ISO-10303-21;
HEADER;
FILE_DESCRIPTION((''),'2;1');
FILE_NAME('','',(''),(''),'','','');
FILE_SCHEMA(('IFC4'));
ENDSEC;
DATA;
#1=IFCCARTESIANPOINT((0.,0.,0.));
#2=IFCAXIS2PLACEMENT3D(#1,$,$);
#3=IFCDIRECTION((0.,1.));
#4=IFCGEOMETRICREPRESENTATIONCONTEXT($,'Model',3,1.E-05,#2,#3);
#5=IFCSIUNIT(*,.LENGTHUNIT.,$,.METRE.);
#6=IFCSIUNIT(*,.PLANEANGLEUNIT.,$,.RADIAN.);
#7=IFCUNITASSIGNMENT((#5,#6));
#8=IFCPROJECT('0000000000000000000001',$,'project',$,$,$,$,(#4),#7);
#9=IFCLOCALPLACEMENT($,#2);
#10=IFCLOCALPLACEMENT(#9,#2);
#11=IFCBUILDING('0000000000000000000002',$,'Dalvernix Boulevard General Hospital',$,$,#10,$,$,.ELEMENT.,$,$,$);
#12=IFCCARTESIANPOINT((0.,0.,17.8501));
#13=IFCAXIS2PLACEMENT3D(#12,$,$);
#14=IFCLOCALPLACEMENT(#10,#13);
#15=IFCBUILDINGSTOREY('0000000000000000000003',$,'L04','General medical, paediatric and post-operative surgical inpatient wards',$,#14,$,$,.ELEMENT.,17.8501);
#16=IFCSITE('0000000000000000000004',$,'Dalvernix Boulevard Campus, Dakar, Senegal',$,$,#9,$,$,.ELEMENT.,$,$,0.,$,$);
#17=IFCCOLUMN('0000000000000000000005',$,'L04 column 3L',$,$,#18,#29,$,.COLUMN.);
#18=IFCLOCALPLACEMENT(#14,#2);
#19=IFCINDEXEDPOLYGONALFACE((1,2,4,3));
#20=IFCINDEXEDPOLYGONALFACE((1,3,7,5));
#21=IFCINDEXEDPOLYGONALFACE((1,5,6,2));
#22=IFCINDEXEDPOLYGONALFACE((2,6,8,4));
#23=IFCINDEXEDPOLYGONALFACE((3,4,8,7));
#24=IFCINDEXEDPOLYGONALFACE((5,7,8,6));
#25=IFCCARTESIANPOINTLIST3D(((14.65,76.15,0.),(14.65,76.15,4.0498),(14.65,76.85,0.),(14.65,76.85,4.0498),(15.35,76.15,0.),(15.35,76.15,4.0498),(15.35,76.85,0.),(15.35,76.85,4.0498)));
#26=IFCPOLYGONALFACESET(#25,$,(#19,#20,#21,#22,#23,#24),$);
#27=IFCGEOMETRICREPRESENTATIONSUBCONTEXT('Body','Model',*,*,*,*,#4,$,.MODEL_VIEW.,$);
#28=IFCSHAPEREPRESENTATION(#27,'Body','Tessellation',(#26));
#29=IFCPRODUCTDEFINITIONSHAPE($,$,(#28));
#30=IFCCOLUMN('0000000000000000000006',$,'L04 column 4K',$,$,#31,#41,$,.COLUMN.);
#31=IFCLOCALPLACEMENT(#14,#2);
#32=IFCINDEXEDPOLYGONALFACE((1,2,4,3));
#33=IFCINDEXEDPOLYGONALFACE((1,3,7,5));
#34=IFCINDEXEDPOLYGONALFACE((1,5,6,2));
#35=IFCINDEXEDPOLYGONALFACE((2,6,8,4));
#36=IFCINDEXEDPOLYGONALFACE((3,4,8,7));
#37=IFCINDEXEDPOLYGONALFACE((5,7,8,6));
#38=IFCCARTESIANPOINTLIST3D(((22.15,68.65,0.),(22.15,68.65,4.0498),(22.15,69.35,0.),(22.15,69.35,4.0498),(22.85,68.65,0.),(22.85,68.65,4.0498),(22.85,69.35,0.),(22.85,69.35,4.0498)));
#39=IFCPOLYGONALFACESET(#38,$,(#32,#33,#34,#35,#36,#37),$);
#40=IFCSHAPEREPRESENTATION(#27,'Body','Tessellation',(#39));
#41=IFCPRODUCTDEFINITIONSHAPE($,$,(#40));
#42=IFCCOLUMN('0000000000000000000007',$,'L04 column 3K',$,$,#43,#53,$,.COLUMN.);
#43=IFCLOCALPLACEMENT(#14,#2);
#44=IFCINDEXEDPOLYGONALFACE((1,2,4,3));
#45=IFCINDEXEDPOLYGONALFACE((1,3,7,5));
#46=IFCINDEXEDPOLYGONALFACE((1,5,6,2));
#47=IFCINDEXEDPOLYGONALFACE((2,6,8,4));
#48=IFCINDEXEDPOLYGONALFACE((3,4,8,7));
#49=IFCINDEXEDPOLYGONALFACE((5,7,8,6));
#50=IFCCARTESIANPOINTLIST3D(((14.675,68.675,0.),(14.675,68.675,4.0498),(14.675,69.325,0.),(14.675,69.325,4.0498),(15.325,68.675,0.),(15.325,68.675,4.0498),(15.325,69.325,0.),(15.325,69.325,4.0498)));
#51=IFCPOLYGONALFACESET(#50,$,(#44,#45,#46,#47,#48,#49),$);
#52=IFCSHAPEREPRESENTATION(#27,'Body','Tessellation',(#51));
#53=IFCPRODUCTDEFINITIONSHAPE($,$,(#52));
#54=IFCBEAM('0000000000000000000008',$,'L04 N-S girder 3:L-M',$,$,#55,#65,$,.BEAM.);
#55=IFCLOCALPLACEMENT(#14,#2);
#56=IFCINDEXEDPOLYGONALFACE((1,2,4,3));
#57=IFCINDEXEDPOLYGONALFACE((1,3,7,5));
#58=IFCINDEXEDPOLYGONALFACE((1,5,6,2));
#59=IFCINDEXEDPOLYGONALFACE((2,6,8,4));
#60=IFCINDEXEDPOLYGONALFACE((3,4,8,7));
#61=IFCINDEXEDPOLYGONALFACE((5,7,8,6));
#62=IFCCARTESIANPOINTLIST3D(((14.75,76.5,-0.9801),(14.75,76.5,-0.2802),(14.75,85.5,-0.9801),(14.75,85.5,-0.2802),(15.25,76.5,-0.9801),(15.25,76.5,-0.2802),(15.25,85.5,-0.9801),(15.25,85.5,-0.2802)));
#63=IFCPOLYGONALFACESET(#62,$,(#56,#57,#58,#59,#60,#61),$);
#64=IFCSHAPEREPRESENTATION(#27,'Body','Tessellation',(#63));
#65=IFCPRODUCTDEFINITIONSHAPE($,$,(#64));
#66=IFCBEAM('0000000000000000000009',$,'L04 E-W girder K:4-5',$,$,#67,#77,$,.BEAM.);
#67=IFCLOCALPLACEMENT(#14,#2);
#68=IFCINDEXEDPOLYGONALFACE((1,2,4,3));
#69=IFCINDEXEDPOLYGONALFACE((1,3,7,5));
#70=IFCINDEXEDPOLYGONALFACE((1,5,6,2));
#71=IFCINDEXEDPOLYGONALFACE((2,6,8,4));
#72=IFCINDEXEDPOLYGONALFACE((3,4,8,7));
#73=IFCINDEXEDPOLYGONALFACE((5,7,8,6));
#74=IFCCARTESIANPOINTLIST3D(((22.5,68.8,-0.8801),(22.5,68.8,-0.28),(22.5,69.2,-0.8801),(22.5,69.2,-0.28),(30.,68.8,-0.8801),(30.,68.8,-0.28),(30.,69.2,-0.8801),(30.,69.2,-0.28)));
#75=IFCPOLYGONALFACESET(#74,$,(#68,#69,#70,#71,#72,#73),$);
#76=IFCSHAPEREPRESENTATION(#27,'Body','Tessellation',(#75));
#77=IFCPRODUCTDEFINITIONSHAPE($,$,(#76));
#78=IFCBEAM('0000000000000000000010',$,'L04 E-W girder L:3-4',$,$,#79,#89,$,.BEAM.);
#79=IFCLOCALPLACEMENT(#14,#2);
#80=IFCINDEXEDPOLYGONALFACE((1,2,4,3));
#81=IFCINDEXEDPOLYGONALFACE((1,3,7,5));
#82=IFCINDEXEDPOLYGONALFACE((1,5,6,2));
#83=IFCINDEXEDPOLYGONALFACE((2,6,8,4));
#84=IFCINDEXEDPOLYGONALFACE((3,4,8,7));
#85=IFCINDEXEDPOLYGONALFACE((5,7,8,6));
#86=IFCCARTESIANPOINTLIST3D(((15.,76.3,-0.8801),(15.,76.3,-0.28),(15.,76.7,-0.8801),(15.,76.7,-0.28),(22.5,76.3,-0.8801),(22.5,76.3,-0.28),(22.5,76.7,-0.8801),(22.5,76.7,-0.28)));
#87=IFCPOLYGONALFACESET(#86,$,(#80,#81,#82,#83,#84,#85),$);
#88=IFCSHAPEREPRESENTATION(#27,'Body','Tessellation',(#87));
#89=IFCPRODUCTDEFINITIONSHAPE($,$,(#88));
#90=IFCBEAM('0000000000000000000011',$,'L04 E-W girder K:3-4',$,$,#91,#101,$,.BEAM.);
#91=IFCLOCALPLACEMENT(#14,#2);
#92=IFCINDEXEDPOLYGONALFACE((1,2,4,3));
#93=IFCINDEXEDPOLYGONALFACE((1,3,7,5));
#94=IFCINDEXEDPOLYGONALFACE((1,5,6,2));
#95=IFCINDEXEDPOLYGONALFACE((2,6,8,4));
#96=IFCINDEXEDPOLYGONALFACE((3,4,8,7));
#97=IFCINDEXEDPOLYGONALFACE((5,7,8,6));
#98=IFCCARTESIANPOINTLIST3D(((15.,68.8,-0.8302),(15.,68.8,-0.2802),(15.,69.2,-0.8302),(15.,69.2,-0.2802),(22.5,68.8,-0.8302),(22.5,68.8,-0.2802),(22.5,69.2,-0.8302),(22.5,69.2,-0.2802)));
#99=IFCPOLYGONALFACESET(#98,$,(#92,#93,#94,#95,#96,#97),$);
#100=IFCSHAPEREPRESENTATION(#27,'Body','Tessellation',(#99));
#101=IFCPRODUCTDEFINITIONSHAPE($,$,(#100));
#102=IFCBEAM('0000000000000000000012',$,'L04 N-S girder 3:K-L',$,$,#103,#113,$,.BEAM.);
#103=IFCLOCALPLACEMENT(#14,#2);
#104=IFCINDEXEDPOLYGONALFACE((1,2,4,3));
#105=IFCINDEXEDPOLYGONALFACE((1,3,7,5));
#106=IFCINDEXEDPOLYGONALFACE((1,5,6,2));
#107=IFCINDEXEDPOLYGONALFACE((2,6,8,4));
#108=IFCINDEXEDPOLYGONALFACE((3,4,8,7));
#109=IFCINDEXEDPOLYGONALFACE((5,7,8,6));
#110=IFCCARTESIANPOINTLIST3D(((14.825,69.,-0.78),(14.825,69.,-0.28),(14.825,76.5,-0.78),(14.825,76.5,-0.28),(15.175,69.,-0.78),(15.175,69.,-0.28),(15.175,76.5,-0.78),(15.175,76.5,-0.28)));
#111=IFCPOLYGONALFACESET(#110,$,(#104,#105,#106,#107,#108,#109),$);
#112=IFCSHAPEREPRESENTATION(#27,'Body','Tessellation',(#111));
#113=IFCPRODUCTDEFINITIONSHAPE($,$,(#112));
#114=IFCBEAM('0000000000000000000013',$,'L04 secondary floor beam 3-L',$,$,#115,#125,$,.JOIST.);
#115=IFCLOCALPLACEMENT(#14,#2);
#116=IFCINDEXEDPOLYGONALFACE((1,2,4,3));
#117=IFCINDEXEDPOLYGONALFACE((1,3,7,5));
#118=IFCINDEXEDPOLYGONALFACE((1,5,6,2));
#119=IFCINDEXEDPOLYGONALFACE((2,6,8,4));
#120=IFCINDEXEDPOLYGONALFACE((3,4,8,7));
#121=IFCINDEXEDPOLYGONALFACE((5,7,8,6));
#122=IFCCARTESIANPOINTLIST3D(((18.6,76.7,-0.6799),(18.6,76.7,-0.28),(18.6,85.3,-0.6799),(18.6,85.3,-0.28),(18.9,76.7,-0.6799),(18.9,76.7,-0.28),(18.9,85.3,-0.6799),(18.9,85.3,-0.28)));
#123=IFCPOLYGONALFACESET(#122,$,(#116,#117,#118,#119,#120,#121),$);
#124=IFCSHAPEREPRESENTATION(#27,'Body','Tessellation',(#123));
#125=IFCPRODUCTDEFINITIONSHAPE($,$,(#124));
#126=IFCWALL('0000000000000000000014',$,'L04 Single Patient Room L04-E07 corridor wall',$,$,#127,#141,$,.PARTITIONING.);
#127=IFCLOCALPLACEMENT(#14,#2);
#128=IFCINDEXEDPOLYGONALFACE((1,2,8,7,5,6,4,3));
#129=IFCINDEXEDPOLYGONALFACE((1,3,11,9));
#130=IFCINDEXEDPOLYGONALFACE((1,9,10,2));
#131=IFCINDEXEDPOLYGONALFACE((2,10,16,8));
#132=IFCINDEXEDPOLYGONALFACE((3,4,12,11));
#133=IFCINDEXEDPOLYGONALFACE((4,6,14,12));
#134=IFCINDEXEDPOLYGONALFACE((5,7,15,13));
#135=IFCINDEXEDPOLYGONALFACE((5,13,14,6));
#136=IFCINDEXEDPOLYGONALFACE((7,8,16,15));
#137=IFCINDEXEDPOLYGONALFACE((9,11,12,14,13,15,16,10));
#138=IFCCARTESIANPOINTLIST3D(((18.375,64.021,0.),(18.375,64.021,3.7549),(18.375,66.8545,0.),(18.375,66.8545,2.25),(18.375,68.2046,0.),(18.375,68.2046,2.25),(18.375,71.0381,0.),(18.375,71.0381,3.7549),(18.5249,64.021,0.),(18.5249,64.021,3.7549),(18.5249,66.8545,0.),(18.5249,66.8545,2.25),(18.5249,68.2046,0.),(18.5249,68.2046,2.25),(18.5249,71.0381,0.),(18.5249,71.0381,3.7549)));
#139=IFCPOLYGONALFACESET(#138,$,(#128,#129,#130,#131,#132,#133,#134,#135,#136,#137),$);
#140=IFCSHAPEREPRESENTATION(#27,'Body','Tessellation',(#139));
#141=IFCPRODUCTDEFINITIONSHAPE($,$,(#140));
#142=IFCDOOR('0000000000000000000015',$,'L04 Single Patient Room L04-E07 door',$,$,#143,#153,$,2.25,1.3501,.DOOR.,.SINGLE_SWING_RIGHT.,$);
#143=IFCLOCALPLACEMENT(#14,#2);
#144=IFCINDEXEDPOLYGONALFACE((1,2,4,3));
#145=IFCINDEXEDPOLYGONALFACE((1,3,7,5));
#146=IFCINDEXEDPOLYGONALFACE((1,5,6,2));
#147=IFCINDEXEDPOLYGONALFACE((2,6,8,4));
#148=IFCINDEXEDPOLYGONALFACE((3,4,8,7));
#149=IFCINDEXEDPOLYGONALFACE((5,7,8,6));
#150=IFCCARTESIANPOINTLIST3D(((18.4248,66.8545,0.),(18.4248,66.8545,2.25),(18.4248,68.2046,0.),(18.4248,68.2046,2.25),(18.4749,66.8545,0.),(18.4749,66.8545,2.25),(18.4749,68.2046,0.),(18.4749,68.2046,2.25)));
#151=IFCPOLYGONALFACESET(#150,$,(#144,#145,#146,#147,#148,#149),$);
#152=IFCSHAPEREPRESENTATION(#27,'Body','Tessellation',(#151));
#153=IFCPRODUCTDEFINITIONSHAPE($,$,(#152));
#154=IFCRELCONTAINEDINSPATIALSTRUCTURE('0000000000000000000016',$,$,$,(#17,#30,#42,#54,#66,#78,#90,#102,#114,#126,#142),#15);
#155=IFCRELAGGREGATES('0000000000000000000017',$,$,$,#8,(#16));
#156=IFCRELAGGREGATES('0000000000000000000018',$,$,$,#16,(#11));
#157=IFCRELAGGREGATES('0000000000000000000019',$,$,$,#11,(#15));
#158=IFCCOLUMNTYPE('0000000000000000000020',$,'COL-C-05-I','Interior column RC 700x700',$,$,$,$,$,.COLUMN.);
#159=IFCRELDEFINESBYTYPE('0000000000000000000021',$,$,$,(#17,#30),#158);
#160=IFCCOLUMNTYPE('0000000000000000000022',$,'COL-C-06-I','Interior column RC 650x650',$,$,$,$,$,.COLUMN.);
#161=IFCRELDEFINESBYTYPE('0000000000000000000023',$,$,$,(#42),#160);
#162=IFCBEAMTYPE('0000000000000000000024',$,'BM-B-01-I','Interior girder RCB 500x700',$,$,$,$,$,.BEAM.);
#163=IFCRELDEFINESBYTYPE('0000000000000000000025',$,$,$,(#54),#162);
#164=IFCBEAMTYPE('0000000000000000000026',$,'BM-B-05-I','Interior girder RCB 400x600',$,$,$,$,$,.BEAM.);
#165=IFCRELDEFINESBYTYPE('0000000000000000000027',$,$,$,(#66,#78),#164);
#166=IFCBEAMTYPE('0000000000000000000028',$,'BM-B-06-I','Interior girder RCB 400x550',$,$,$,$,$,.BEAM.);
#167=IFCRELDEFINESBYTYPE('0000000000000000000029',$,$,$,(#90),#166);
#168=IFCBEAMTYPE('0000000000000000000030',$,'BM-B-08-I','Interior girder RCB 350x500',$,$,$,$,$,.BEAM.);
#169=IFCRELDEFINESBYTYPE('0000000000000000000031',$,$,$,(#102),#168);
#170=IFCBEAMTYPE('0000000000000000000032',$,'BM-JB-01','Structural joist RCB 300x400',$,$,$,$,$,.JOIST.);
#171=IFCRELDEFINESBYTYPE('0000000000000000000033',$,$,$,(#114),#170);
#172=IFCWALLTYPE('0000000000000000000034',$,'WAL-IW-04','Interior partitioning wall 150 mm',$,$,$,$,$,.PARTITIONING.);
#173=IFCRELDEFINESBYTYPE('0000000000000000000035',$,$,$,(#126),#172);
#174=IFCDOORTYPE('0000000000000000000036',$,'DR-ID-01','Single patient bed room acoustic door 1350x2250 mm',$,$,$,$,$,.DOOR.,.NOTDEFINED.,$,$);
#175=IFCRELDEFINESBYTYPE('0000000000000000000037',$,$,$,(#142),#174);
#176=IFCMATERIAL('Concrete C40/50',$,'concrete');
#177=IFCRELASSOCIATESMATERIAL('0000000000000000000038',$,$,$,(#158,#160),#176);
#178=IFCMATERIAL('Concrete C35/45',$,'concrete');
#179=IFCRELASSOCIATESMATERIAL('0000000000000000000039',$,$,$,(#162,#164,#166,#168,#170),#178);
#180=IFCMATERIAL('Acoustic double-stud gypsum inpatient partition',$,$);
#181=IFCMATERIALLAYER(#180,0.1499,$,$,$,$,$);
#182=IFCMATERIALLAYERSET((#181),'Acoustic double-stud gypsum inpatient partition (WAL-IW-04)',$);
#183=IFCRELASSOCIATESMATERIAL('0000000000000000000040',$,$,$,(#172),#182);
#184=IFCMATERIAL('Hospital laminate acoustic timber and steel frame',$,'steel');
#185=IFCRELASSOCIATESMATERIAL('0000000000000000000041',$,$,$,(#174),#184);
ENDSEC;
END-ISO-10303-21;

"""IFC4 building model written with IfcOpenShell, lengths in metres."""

from ifc_helpers import new_model, si_unit, direction, frame, frame_2d, origin, origin_2d, place, context, subcontext, project, spatial, rectangle, extrude, material, layer, layer_set, material_profile, profile_set, type_object, element, fill, save


model = new_model("IFC4")

# Units and contexts
model_context = context("Model", 3, precision=1e-05, world=origin(), true_north=direction((0.0, 1.0)))
body_context = subcontext(model_context, "Body", "Model", "MODEL_VIEW")
ifc_project = project(units=[si_unit("LENGTHUNIT", "METRE"), si_unit("PLANEANGLEUNIT", "RADIAN")], contexts=[model_context])

# Site, building, storey
site_placement = place(None, origin())
site = spatial("IfcSite", under=ifc_project, at=site_placement, Name="Dalvernix Boulevard Campus, Dakar, Senegal", CompositionType="ELEMENT", RefElevation=0.0)
building_placement = place(site_placement, origin())
building = spatial("IfcBuilding", under=site, at=building_placement, Name="Dalvernix Boulevard General Hospital", CompositionType="ELEMENT")
storey_placement = place(building_placement, frame((0.0, 0.0, 17.8501)))
storey = spatial("IfcBuildingStorey", under=building, at=storey_placement, Name="L04", Description="General medical, paediatric and post-operative surgical inpatient wards", CompositionType="ELEMENT", Elevation=17.8501)

# Columns
ifc_material_1 = material(Name="Concrete C40/50", Category="concrete")
ifc_material_profile_1 = material_profile(ifc_material_1, rectangle(XDim=0.7, YDim=0.7, at=origin_2d()), Name="RC 700x700")
ifc_profile_set_1 = profile_set([ifc_material_profile_1], Name="Concrete C40/50")
column_type_1 = type_object("IfcColumnType", Name="COL-C-05-I", Description="Interior column RC 700x700", PredefinedType="COLUMN", material=ifc_profile_set_1)
for number, where, z_axis, x_axis, name in (
    (1, (15.0, 76.5, 0.0), (0.0, 0.0, 1.0), (1.0, 0.0, 0.0), "L04 column 3L"),
    (2, (22.5, 69.0, 0.0), (0.0, 0.0, 1.0), (1.0, 0.0, 0.0), "L04 column 4K"),
):
    element("IfcColumn", number, at=place(storey_placement, frame(where, z_axis=z_axis, x_axis=x_axis)), inside=storey, type_object=column_type_1, Name=name, PredefinedType="COLUMN", context=body_context, shape_type="SweptSolid", body=[
        extrude(rectangle(XDim=0.7, YDim=0.7, at=origin_2d()), origin(), (0.0, 0.0, 1.0), 4.0498),
    ])
ifc_material_profile_2 = material_profile(ifc_material_1, rectangle(XDim=0.6499, YDim=0.6499, at=origin_2d()), Name="RC 650x650")
ifc_profile_set_2 = profile_set([ifc_material_profile_2], Name="Concrete C40/50")
column_type_2 = type_object("IfcColumnType", Name="COL-C-06-I", Description="Interior column RC 650x650", PredefinedType="COLUMN", material=ifc_profile_set_2)
column_placement = place(storey_placement, frame((15.0, 69.0, 0.0), z_axis=(0.0, 0.0, 1.0), x_axis=(1.0, 0.0, 0.0)))
element("IfcColumn", 3, at=column_placement, inside=storey, type_object=column_type_2, Name="L04 column 3K", PredefinedType="COLUMN", context=body_context, shape_type="SweptSolid", body=[
    extrude(rectangle(XDim=0.6499, YDim=0.6499, at=origin_2d()), origin(), (0.0, 0.0, 1.0), 4.0498),
])

# Beams
ifc_material_2 = material(Name="Concrete C35/45", Category="concrete")
ifc_material_profile_3 = material_profile(ifc_material_2, rectangle(XDim=0.5, YDim=0.7, at=origin_2d()), Name="RCB 500x700")
ifc_profile_set_3 = profile_set([ifc_material_profile_3], Name="Concrete C35/45")
beam_type_1 = type_object("IfcBeamType", Name="BM-B-01-I", Description="Interior girder RCB 500x700", PredefinedType="BEAM", material=ifc_profile_set_3)
beam_1_placement = place(storey_placement, frame((15.0, 76.5, -0.6301), z_axis=(0.0, 1.0, 0.0), x_axis=(-1.0, 0.0, 0.0)))
element("IfcBeam", 4, at=beam_1_placement, inside=storey, type_object=beam_type_1, Name="L04 N-S girder 3:L-M", PredefinedType="BEAM", context=body_context, shape_type="SweptSolid", body=[
    extrude(rectangle(XDim=0.5, YDim=0.7, at=origin_2d()), origin(), (0.0, 0.0, 1.0), 9.0),
])
ifc_material_profile_4 = material_profile(ifc_material_2, rectangle(XDim=0.3999, YDim=0.6001, at=origin_2d()), Name="RCB 400x600")
ifc_profile_set_4 = profile_set([ifc_material_profile_4], Name="Concrete C35/45")
beam_type_2 = type_object("IfcBeamType", Name="BM-B-05-I", Description="Interior girder RCB 400x600", PredefinedType="BEAM", material=ifc_profile_set_4)
for number, where, z_axis, x_axis, name in (
    (5, (22.5, 69.0, -0.5801), (1.0, 0.0, 0.0), (0.0, 1.0, 0.0), "L04 E-W girder K:4-5"),
    (6, (15.0, 76.5, -0.5801), (1.0, 0.0, 0.0), (0.0, 1.0, 0.0), "L04 E-W girder L:3-4"),
):
    element("IfcBeam", number, at=place(storey_placement, frame(where, z_axis=z_axis, x_axis=x_axis)), inside=storey, type_object=beam_type_2, Name=name, PredefinedType="BEAM", context=body_context, shape_type="SweptSolid", body=[
        extrude(rectangle(XDim=0.3999, YDim=0.6001, at=origin_2d()), origin(), (0.0, 0.0, 1.0), 7.5),
    ])
ifc_material_profile_5 = material_profile(ifc_material_2, rectangle(XDim=0.3999, YDim=0.55, at=origin_2d()), Name="RCB 400x550")
ifc_profile_set_5 = profile_set([ifc_material_profile_5], Name="Concrete C35/45")
beam_type_3 = type_object("IfcBeamType", Name="BM-B-06-I", Description="Interior girder RCB 400x550", PredefinedType="BEAM", material=ifc_profile_set_5)
beam_2_placement = place(storey_placement, frame((15.0, 69.0, -0.5552), z_axis=(1.0, 0.0, 0.0), x_axis=(0.0, 1.0, 0.0)))
element("IfcBeam", 7, at=beam_2_placement, inside=storey, type_object=beam_type_3, Name="L04 E-W girder K:3-4", PredefinedType="BEAM", context=body_context, shape_type="SweptSolid", body=[
    extrude(rectangle(XDim=0.3999, YDim=0.55, at=origin_2d()), origin(), (0.0, 0.0, 1.0), 7.5),
])
ifc_material_profile_6 = material_profile(ifc_material_2, rectangle(XDim=0.3501, YDim=0.5, at=origin_2d()), Name="RCB 350x500")
ifc_profile_set_6 = profile_set([ifc_material_profile_6], Name="Concrete C35/45")
beam_type_4 = type_object("IfcBeamType", Name="BM-B-08-I", Description="Interior girder RCB 350x500", PredefinedType="BEAM", material=ifc_profile_set_6)
beam_3_placement = place(storey_placement, frame((15.0, 69.0, -0.53), z_axis=(0.0, 1.0, 0.0), x_axis=(-1.0, 0.0, 0.0)))
element("IfcBeam", 8, at=beam_3_placement, inside=storey, type_object=beam_type_4, Name="L04 N-S girder 3:K-L", PredefinedType="BEAM", context=body_context, shape_type="SweptSolid", body=[
    extrude(rectangle(XDim=0.3501, YDim=0.5, at=origin_2d()), origin(), (0.0, 0.0, 1.0), 7.5),
])
ifc_material_profile_7 = material_profile(ifc_material_2, rectangle(XDim=0.3, YDim=0.3999, at=origin_2d()), Name="RCB 300x400")
ifc_profile_set_7 = profile_set([ifc_material_profile_7], Name="Concrete C35/45")
beam_type_5 = type_object("IfcBeamType", Name="BM-JB-01", Description="Structural joist RCB 300x400", PredefinedType="JOIST", material=ifc_profile_set_7)
beam_4_placement = place(storey_placement, frame((18.75, 76.7, -0.48), z_axis=(0.0, 1.0, 0.0), x_axis=(-1.0, 0.0, 0.0)))
element("IfcBeam", 9, at=beam_4_placement, inside=storey, type_object=beam_type_5, Name="L04 secondary floor beam 3-L", PredefinedType="JOIST", context=body_context, shape_type="SweptSolid", body=[
    extrude(rectangle(XDim=0.3, YDim=0.3999, at=origin_2d()), origin(), (0.0, 0.0, 1.0), 8.6001),
])

# Wall, opening, door
ifc_material_3 = material(Name="Acoustic double-stud gypsum inpatient partition")
ifc_layer_1 = layer(ifc_material_3, 0.1499)
ifc_layer_set_1 = layer_set([ifc_layer_1], Name="Acoustic double-stud gypsum inpatient partition (WAL-IW-04)")
wall_type_1 = type_object("IfcWallType", Name="WAL-IW-04", Description="Interior partitioning wall 150 mm", PredefinedType="PARTITIONING", material=ifc_layer_set_1)
wall_1_placement = place(storey_placement, frame((18.45, 71.0381, 0.0), z_axis=(0.0, 0.0, 1.0), x_axis=(0.0, -1.0, 0.0)))
wall_1 = element("IfcWall", 10, at=wall_1_placement, inside=storey, type_object=wall_type_1, Name="L04 Single Patient Room L04-E07 corridor wall", PredefinedType="PARTITIONING", context=body_context, shape_type="SweptSolid", body=[
    extrude(rectangle(XDim=7.0171, YDim=0.1499, at=frame_2d((3.5085, 0.0))), origin(), (0.0, 0.0, 1.0), 3.7549),
])
opening_1_placement = place(wall_1_placement, frame((2.8335, 0.0, 0.0)))
opening_1 = element("IfcOpeningElement", 11, at=opening_1_placement, cuts=wall_1, PredefinedType="OPENING", context=body_context, shape_type="SweptSolid", body=[
    extrude(rectangle(XDim=1.3501, YDim=2.25, at=frame_2d((0.675, 1.125))), frame((0.0, 0.085, 0.0), z_axis=(0.0, -1.0, 0.0), x_axis=(1.0, 0.0, 0.0)), (0.0, 0.0, 1.0), 0.1699),
])
ifc_material_4 = material(Name="Hospital laminate acoustic timber and steel frame", Category="steel")
door_type_1 = type_object("IfcDoorType", Name="DR-ID-01", Description="Single patient bed room acoustic door 1350x2250 mm", OperationType="NOTDEFINED", PredefinedType="DOOR", material=ifc_material_4)
door_1_placement = place(opening_1_placement, origin())
door_1 = element("IfcDoor", 12, at=door_1_placement, inside=storey, type_object=door_type_1, Name="L04 Single Patient Room L04-E07 door", OperationType="SINGLE_SWING_RIGHT", OverallHeight=2.25, OverallWidth=1.3501, PredefinedType="DOOR", context=body_context, shape_type="SweptSolid", body=[
    extrude(rectangle(XDim=1.3501, YDim=2.25, at=frame_2d((0.675, 1.125))), frame((0.0, 0.0249, 0.0), z_axis=(0.0, -1.0, 0.0), x_axis=(1.0, 0.0, 0.0)), (0.0, 0.0, 1.0), 0.05),
])
fill(opening_1, door_1)

save(model, "model.ifc")
